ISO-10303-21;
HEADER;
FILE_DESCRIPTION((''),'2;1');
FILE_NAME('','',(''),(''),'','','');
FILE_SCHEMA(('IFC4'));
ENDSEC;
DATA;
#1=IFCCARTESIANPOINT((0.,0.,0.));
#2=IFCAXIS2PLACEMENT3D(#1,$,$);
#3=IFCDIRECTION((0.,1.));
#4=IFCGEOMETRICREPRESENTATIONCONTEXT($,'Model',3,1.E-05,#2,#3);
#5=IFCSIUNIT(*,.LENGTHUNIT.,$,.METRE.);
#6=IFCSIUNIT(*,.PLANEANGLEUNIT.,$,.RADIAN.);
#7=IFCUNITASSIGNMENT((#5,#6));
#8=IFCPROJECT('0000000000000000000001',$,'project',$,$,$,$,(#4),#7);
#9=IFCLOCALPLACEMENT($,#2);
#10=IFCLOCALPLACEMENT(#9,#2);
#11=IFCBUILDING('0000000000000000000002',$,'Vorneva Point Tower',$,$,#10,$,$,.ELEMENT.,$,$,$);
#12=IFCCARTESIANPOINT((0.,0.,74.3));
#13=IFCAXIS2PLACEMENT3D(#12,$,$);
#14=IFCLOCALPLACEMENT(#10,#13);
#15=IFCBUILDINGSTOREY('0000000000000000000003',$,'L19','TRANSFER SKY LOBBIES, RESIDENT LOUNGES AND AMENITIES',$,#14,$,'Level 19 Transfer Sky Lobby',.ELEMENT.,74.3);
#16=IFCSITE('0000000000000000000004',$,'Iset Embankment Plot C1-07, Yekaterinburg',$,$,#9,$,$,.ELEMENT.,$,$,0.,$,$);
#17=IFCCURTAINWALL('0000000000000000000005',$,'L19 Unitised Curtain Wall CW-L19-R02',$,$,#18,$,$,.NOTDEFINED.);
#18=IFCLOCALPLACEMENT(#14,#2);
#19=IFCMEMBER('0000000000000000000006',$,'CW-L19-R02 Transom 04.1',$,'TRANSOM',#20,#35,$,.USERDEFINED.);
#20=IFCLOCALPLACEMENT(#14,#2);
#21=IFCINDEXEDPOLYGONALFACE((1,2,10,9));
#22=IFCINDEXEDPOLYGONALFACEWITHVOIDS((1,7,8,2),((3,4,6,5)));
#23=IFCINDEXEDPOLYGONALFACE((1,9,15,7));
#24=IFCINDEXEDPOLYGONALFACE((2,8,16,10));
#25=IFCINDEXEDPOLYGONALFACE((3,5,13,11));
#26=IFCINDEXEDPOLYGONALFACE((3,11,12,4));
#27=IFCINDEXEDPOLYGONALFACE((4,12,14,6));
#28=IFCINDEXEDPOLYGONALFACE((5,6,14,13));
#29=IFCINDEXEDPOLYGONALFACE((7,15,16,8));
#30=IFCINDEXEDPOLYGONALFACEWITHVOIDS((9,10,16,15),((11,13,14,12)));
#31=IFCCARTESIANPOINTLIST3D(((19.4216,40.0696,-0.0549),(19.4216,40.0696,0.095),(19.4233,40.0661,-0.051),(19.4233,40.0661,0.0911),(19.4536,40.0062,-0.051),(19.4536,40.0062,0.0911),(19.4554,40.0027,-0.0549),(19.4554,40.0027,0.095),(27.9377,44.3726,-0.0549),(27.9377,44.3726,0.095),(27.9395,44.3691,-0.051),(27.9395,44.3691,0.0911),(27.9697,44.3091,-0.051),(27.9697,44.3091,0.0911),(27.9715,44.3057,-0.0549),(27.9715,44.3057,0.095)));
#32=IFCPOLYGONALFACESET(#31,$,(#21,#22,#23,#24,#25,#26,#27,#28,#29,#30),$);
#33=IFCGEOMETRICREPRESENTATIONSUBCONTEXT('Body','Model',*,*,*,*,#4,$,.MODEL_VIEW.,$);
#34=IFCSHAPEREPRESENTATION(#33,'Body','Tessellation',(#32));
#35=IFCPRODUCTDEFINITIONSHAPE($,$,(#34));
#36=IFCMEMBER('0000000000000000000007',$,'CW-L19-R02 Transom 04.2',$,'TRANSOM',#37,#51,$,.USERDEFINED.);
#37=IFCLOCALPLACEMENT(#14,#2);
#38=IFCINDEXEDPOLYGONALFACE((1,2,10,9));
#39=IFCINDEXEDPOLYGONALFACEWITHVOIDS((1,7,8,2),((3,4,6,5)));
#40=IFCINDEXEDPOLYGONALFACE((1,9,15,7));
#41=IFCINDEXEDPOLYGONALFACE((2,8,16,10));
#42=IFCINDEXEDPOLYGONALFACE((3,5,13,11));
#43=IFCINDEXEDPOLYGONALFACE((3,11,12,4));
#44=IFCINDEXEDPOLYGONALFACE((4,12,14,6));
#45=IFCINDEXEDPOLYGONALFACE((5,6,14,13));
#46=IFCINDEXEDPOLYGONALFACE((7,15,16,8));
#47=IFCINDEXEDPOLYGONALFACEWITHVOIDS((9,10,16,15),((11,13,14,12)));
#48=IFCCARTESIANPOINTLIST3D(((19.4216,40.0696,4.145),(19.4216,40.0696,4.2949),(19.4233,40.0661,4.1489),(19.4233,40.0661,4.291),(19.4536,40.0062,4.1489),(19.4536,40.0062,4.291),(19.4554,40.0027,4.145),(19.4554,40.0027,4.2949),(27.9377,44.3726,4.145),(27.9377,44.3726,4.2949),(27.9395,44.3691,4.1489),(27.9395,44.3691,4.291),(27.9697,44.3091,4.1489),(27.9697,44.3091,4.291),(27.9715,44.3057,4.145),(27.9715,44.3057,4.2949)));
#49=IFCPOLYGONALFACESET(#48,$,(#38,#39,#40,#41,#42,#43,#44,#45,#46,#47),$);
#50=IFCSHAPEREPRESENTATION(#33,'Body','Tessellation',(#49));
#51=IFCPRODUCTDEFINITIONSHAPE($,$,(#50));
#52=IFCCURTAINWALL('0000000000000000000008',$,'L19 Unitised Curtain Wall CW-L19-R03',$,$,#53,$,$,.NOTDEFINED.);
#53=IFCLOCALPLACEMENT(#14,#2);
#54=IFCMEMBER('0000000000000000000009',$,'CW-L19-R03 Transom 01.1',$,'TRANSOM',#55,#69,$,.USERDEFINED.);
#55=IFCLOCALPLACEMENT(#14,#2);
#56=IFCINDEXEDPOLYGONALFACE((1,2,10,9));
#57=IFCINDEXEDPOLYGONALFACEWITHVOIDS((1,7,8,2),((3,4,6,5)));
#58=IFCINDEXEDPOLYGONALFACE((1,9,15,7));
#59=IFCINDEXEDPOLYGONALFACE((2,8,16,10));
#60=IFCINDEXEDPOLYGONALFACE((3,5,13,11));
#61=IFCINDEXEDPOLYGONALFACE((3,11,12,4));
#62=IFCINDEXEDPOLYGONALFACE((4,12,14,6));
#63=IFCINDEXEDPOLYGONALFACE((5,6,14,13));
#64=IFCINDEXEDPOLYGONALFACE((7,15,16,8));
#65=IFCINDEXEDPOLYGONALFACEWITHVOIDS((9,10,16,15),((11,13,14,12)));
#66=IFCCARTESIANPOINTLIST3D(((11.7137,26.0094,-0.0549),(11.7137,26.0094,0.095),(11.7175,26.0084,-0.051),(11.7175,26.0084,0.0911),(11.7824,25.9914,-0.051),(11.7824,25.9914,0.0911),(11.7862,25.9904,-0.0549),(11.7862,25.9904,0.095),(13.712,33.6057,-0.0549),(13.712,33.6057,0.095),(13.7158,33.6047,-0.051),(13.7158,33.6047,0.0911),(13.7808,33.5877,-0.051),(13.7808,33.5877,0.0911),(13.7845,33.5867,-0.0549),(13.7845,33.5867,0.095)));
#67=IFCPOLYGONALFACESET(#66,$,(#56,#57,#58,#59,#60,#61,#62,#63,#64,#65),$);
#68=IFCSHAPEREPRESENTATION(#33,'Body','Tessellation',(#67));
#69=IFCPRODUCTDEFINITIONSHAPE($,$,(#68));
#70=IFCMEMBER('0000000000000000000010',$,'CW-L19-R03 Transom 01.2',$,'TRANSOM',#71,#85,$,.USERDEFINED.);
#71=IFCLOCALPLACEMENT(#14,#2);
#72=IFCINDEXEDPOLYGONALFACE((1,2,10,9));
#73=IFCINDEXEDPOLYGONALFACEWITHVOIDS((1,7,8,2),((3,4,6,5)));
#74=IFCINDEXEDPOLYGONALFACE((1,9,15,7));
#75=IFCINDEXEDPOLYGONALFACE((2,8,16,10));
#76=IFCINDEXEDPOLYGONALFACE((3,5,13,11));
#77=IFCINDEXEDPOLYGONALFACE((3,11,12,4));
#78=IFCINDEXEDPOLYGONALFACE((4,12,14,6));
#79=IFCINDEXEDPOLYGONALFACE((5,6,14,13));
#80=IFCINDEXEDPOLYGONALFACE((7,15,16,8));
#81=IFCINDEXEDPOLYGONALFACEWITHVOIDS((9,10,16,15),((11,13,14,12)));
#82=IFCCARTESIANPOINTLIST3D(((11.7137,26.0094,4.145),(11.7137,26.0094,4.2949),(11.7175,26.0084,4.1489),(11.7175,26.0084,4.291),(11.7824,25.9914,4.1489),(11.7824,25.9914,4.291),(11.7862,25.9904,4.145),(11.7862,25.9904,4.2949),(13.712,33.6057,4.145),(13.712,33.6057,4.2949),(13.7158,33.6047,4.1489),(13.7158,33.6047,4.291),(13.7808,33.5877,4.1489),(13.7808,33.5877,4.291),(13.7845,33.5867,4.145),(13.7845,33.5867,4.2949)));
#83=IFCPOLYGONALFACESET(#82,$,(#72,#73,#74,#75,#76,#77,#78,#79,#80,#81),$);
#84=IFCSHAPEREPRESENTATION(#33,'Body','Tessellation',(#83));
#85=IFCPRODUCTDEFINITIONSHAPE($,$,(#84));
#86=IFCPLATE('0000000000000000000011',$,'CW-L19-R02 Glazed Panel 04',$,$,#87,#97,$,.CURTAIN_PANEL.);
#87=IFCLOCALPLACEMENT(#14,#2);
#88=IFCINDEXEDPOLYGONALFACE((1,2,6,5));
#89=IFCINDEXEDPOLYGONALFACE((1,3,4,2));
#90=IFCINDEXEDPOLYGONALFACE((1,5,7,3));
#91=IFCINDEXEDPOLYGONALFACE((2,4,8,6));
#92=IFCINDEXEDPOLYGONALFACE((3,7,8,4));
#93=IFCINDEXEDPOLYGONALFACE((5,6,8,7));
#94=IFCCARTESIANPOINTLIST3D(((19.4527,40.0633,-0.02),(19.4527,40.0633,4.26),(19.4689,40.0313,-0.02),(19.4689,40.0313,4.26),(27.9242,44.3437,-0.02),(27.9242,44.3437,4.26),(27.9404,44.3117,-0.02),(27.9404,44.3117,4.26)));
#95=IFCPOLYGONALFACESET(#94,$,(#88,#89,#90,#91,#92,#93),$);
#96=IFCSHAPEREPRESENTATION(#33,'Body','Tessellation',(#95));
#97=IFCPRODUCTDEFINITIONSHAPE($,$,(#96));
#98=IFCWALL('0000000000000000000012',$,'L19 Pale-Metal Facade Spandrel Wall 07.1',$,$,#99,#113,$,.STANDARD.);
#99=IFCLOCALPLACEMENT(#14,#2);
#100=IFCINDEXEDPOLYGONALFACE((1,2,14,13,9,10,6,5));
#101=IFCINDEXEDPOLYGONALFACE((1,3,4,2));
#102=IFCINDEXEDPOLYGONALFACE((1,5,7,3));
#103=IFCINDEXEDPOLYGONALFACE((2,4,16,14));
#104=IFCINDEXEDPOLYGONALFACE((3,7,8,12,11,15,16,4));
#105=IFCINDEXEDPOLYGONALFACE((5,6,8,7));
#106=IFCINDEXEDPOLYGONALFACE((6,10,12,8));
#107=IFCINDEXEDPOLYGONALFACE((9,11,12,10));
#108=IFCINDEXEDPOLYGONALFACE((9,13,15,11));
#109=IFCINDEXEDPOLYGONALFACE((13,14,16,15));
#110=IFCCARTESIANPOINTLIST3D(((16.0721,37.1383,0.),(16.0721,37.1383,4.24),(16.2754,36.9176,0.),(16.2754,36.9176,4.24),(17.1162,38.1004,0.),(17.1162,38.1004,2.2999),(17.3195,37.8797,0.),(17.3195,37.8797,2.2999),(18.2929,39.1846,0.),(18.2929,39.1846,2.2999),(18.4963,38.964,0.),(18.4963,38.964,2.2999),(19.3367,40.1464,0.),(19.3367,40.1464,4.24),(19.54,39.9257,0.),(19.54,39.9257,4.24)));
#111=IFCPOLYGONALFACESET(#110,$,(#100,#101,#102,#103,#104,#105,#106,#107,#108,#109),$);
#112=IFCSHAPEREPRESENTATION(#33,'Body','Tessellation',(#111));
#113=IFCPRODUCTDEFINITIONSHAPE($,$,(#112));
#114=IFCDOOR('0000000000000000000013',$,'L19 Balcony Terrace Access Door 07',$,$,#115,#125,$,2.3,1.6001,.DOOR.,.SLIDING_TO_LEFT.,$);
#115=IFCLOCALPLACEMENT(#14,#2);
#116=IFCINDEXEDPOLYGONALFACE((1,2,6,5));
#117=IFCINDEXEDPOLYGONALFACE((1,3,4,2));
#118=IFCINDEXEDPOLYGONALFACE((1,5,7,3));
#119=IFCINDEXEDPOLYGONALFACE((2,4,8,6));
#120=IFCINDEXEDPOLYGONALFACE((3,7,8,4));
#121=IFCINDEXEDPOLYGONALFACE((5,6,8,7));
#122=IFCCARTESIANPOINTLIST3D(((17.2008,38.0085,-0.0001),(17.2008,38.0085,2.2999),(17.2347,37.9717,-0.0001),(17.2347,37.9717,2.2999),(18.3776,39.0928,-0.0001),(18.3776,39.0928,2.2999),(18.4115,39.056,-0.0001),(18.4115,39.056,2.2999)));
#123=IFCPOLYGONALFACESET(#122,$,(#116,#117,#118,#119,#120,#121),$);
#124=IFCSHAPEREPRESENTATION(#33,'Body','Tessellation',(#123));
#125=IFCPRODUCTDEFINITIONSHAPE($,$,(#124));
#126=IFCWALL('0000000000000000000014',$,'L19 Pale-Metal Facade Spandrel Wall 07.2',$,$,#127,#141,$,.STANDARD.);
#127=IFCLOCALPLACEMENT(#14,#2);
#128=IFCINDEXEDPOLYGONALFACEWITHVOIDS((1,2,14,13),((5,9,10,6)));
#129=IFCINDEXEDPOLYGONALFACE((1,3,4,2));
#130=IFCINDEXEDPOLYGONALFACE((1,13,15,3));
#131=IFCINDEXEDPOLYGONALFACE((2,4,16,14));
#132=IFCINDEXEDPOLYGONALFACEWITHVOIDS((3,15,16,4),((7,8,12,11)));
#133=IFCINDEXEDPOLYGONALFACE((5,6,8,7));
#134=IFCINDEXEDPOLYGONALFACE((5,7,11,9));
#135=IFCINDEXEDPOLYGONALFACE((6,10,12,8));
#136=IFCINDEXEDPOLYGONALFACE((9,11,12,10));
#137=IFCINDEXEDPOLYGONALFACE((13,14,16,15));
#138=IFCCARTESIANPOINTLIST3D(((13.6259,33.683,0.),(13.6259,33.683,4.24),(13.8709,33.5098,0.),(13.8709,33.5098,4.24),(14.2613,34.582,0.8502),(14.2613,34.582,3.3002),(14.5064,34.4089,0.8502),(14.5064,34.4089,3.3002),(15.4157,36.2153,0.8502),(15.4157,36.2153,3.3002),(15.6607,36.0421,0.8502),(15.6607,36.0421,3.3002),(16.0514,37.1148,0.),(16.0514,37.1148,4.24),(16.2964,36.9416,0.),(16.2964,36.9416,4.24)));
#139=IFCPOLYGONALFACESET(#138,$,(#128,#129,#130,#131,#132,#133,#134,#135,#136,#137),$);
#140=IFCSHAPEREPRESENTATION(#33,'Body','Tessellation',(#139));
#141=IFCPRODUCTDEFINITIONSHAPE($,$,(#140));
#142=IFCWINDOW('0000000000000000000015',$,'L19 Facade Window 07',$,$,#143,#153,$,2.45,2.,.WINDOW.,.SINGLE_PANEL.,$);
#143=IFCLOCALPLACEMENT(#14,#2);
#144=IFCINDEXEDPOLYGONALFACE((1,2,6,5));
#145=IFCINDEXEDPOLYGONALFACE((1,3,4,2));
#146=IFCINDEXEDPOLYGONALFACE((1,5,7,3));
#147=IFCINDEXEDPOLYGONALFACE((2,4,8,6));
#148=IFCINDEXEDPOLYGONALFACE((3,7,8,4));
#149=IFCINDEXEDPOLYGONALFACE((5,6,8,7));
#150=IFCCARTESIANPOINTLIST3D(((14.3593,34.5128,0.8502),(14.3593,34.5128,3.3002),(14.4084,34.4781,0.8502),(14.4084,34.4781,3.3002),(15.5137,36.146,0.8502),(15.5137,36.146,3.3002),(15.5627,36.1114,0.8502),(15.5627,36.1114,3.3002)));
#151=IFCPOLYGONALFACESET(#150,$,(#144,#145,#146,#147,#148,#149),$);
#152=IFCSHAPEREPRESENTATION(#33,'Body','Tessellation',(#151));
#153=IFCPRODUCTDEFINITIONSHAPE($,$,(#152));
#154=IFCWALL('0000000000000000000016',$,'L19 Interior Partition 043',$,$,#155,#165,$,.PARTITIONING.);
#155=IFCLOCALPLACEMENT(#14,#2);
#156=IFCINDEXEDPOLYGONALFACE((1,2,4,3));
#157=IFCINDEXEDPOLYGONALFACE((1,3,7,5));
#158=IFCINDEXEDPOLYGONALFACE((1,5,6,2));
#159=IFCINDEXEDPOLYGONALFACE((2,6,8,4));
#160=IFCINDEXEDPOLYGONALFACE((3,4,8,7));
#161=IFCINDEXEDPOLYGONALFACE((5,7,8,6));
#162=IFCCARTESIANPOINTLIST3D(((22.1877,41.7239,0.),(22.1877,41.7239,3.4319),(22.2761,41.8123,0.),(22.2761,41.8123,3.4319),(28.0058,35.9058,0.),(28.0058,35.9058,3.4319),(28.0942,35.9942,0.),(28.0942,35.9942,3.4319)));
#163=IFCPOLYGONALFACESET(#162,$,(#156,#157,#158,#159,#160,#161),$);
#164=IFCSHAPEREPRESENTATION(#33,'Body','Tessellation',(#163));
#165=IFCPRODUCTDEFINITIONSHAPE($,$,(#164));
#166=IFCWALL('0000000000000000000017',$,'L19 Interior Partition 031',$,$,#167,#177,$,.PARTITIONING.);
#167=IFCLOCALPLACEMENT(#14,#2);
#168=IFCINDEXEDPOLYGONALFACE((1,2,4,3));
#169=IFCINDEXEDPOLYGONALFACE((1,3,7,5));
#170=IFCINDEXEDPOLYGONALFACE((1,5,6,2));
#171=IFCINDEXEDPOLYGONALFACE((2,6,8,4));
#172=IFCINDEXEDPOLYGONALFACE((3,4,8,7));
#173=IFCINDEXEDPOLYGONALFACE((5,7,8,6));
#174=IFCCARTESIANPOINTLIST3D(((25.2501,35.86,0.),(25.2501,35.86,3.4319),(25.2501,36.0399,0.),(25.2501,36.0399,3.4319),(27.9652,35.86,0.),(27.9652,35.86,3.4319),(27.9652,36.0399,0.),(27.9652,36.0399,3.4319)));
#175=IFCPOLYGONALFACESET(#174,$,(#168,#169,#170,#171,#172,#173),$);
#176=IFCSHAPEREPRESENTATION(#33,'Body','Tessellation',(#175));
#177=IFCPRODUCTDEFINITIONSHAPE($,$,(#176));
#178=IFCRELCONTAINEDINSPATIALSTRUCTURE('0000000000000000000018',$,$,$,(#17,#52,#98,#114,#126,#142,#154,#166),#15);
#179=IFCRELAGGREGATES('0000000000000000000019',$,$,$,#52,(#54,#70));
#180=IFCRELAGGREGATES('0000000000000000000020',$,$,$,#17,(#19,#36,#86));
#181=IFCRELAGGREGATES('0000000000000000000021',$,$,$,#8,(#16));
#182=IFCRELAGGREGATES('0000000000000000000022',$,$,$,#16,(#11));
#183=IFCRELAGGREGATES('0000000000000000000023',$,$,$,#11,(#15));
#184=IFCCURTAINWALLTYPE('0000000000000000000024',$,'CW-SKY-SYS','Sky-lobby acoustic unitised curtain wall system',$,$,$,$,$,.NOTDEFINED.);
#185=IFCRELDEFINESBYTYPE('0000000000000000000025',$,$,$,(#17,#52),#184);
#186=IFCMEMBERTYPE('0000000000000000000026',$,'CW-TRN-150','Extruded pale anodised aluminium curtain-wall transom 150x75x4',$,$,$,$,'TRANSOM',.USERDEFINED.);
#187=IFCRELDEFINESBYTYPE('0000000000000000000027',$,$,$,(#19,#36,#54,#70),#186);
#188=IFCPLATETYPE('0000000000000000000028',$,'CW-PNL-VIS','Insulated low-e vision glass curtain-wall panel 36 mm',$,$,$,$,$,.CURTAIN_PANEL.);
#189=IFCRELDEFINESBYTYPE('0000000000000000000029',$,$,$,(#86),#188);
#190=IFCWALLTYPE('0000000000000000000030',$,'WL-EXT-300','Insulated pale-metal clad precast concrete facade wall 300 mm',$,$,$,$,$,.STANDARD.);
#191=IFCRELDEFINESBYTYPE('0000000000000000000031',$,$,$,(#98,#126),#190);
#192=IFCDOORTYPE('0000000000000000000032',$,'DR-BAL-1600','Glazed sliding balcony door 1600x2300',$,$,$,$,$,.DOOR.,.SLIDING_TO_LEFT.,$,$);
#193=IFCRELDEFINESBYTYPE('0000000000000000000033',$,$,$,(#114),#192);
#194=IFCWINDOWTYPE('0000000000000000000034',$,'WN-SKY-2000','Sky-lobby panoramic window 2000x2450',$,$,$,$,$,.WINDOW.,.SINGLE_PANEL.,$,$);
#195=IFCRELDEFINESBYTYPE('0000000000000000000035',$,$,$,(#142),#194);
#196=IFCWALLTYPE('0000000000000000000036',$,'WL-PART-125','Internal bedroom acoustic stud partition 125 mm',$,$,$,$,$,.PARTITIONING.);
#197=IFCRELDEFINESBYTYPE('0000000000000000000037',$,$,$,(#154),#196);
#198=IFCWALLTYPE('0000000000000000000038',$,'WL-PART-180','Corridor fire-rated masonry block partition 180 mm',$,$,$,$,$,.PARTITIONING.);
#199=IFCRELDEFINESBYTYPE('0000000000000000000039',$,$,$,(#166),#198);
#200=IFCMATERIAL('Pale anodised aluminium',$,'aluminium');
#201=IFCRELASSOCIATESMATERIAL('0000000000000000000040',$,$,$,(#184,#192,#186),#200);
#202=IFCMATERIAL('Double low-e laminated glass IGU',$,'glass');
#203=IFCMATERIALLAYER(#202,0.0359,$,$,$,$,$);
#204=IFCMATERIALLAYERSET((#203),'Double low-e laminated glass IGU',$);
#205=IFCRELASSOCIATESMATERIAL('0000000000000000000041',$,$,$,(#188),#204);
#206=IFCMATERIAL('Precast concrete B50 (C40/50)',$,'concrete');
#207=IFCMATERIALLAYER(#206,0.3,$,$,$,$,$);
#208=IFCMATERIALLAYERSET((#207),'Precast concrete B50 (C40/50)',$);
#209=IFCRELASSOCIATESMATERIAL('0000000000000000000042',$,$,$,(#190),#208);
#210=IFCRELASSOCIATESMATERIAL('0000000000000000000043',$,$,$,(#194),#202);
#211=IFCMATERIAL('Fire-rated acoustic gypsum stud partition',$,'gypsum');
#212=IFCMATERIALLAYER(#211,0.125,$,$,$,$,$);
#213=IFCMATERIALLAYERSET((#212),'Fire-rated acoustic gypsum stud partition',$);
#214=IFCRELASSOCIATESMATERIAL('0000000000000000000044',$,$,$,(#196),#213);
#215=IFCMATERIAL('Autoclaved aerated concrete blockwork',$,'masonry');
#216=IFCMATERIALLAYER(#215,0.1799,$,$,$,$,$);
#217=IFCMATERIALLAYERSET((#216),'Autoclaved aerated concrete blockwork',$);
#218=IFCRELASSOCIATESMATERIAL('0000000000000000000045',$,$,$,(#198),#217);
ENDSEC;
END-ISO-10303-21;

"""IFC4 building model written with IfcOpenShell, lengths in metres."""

from ifc_helpers import new_model, si_unit, direction, frame, frame_2d, origin, origin_2d, place, context, subcontext, project, spatial, rectangle, hollow_rectangle, extrude, material, layer, layer_set, material_profile, profile_set, type_object, element, fill, aggregate, save


model = new_model("IFC4")

# Units and contexts
model_context = context("Model", 3, precision=1e-05, world=origin(), true_north=direction((0.0, 1.0)))
body_context = subcontext(model_context, "Body", "Model", "MODEL_VIEW")
ifc_project = project(units=[si_unit("LENGTHUNIT", "METRE"), si_unit("PLANEANGLEUNIT", "RADIAN")], contexts=[model_context])

# Site, building, storey
site_placement = place(None, origin())
site = spatial("IfcSite", under=ifc_project, at=site_placement, Name="Iset Embankment Plot C1-07, Yekaterinburg", CompositionType="ELEMENT", RefElevation=0.0)
building_placement = place(site_placement, origin())
building = spatial("IfcBuilding", under=site, at=building_placement, Name="Vorneva Point Tower", CompositionType="ELEMENT")
storey_placement = place(building_placement, frame((0.0, 0.0, 74.3)))
storey = spatial("IfcBuildingStorey", under=building, at=storey_placement, Name="L19", Description="TRANSFER SKY LOBBIES, RESIDENT LOUNGES AND AMENITIES", LongName="Level 19 Transfer Sky Lobby", CompositionType="ELEMENT", Elevation=74.3)

# Curtain walls, members
ifc_material_1 = material(Name="Pale anodised aluminium", Category="aluminium")
curtain_wall_type = type_object("IfcCurtainWallType", Name="CW-SKY-SYS", Description="Sky-lobby acoustic unitised curtain wall system", PredefinedType="NOTDEFINED", material=ifc_material_1)
curtain_wall_1_placement = place(storey_placement, origin())
curtain_wall_1 = element("IfcCurtainWall", 1, at=curtain_wall_1_placement, inside=storey, type_object=curtain_wall_type, Name="L19 Unitised Curtain Wall CW-L19-R02", PredefinedType="NOTDEFINED")
ifc_material_profile_1 = material_profile(ifc_material_1, hollow_rectangle(XDim=0.075, YDim=0.1499, WallThickness=0.0039, at=origin_2d()), Name="AL-TRN 150x75x4")
ifc_profile_set_1 = profile_set([ifc_material_profile_1], Name="Pale anodised aluminium")
member_type_1 = type_object("IfcMemberType", Name="CW-TRN-150", Description="Extruded pale anodised aluminium curtain-wall transom 150x75x4", ElementType="TRANSOM", PredefinedType="USERDEFINED", material=ifc_profile_set_1)
member_1_placement = place(storey_placement, frame((27.9546, 44.3391, 0.02), z_axis=(-0.892536, -0.450976, 0.0), x_axis=(0.450976, -0.892536, 0.0)))
member_1 = element("IfcMember", 2, at=member_1_placement, type_object=member_type_1, Name="CW-L19-R02 Transom 04.1", ObjectType="TRANSOM", PredefinedType="USERDEFINED", context=body_context, shape_type="SweptSolid", body=[
    extrude(hollow_rectangle(XDim=0.075, YDim=0.1499, WallThickness=0.0039, at=origin_2d()), origin(), (0.0, 0.0, 1.0), 9.5415),
])
member_2_placement = place(storey_placement, frame((27.9546, 44.3391, 4.22), z_axis=(-0.892536, -0.450976, 0.0), x_axis=(0.450976, -0.892536, 0.0)))
member_2 = element("IfcMember", 3, at=member_2_placement, type_object=member_type_1, Name="CW-L19-R02 Transom 04.2", ObjectType="TRANSOM", PredefinedType="USERDEFINED", context=body_context, shape_type="SweptSolid", body=[
    extrude(hollow_rectangle(XDim=0.075, YDim=0.1499, WallThickness=0.0039, at=origin_2d()), origin(), (0.0, 0.0, 1.0), 9.5415),
])
curtain_wall_2_placement = place(storey_placement, origin())
curtain_wall_2 = element("IfcCurtainWall", 4, at=curtain_wall_2_placement, inside=storey, type_object=curtain_wall_type, Name="L19 Unitised Curtain Wall CW-L19-R03", PredefinedType="NOTDEFINED")
member_3_placement = place(storey_placement, frame((13.7483, 33.5962, 0.02), z_axis=(-0.254409, -0.967097, 0.0), x_axis=(0.967097, -0.254409, 0.0)))
member_3 = element("IfcMember", 5, at=member_3_placement, type_object=member_type_1, Name="CW-L19-R03 Transom 01.1", ObjectType="TRANSOM", PredefinedType="USERDEFINED", context=body_context, shape_type="SweptSolid", body=[
    extrude(hollow_rectangle(XDim=0.075, YDim=0.1499, WallThickness=0.0039, at=origin_2d()), origin(), (0.0, 0.0, 1.0), 7.8547),
])
member_4_placement = place(storey_placement, frame((13.7483, 33.5962, 4.22), z_axis=(-0.254409, -0.967097, 0.0), x_axis=(0.967097, -0.254409, 0.0)))
member_4 = element("IfcMember", 6, at=member_4_placement, type_object=member_type_1, Name="CW-L19-R03 Transom 01.2", ObjectType="TRANSOM", PredefinedType="USERDEFINED", context=body_context, shape_type="SweptSolid", body=[
    extrude(hollow_rectangle(XDim=0.075, YDim=0.1499, WallThickness=0.0039, at=origin_2d()), origin(), (0.0, 0.0, 1.0), 7.8547),
])
aggregate(curtain_wall_2, [member_3, member_4])

# Plate
ifc_material_2 = material(Name="Double low-e laminated glass IGU", Category="glass")
ifc_layer_1 = layer(ifc_material_2, 0.0359)
ifc_layer_set_1 = layer_set([ifc_layer_1], Name="Double low-e laminated glass IGU")
plate_type = type_object("IfcPlateType", Name="CW-PNL-VIS", Description="Insulated low-e vision glass curtain-wall panel 36 mm", PredefinedType="CURTAIN_PANEL", material=ifc_layer_set_1)
plate_placement = place(storey_placement, frame((23.6965, 42.1875, -0.02), z_axis=(0.0, 0.0, 1.0), x_axis=(-0.892539, -0.450971, 0.0)))
plate = element("IfcPlate", 7, at=plate_placement, type_object=plate_type, Name="CW-L19-R02 Glazed Panel 04", PredefinedType="CURTAIN_PANEL", context=body_context, shape_type="SweptSolid", body=[
    extrude(rectangle(XDim=9.4915, YDim=0.0359, at=origin_2d()), origin(), (0.0, 0.0, 1.0), 4.28),
])
aggregate(curtain_wall_1, [member_1, member_2, plate])

# Wall, opening, door
ifc_material_3 = material(Name="Precast concrete B50 (C40/50)", Category="concrete")
ifc_layer_2 = layer(ifc_material_3, 0.3)
ifc_layer_set_2 = layer_set([ifc_layer_2], Name="Precast concrete B50 (C40/50)")
wall_type_1 = type_object("IfcWallType", Name="WL-EXT-300", Description="Insulated pale-metal clad precast concrete facade wall 300 mm", PredefinedType="STANDARD", material=ifc_layer_set_2)
wall_1_placement = place(storey_placement, frame((19.4385, 40.0361, 0.0), z_axis=(0.0, 0.0, 1.0), x_axis=(-0.735417, -0.677615, 0.0)))
wall_1 = element("IfcWall", 8, at=wall_1_placement, inside=storey, type_object=wall_type_1, Name="L19 Pale-Metal Facade Spandrel Wall 07.1", PredefinedType="STANDARD", context=body_context, shape_type="SweptSolid", body=[
    extrude(rectangle(XDim=4.4392, YDim=0.3, at=frame_2d((2.2197, 0.0))), origin(), (0.0, 0.0, 1.0), 4.24),
])
opening_1_placement = place(wall_1_placement, frame((1.4194, 0.0, 0.0)))
opening_1 = element("IfcOpeningElement", 9, at=opening_1_placement, cuts=wall_1, PredefinedType="OPENING", context=body_context, shape_type="SweptSolid", body=[
    extrude(rectangle(XDim=1.6001, YDim=2.3, at=frame_2d((0.8, 1.1499))), frame((0.0, 0.165, 0.0), z_axis=(0.0, -1.0, 0.0), x_axis=(1.0, 0.0, 0.0)), (0.0, 0.0, 1.0), 0.3298),
])
door_type_1 = type_object("IfcDoorType", Name="DR-BAL-1600", Description="Glazed sliding balcony door 1600x2300", OperationType="SLIDING_TO_LEFT", PredefinedType="DOOR", material=ifc_material_1)
door_1_placement = place(opening_1_placement, origin())
door_1 = element("IfcDoor", 10, at=door_1_placement, inside=storey, type_object=door_type_1, Name="L19 Balcony Terrace Access Door 07", OperationType="SLIDING_TO_LEFT", OverallHeight=2.3, OverallWidth=1.6001, PredefinedType="DOOR", context=body_context, shape_type="SweptSolid", body=[
    extrude(rectangle(XDim=1.6001, YDim=2.3, at=frame_2d((0.8, 1.1499))), frame((0.0, 0.0249, 0.0), z_axis=(0.0, -1.0, 0.0), x_axis=(1.0, 0.0, 0.0)), (0.0, 0.0, 1.0), 0.05),
])
fill(opening_1, door_1)

# Wall, opening, window
wall_2_placement = place(storey_placement, frame((16.1738, 37.0281, 0.0), z_axis=(0.0, 0.0, 1.0), x_axis=(-0.577164, -0.816628, 0.0)))
wall_2 = element("IfcWall", 11, at=wall_2_placement, inside=storey, type_object=wall_type_1, Name="L19 Pale-Metal Facade Spandrel Wall 07.2", PredefinedType="STANDARD", context=body_context, shape_type="SweptSolid", body=[
    extrude(rectangle(XDim=4.2024, YDim=0.3, at=frame_2d((2.1011, 0.0))), origin(), (0.0, 0.0, 1.0), 4.24),
])
opening_2_placement = place(wall_2_placement, frame((1.1013, 0.0, 0.8501)))
opening_2 = element("IfcOpeningElement", 12, at=opening_2_placement, cuts=wall_2, PredefinedType="OPENING", context=body_context, shape_type="SweptSolid", body=[
    extrude(rectangle(XDim=2.0, YDim=2.45, at=frame_2d((1.0, 1.2251))), frame((0.0, 0.165, 0.0), z_axis=(0.0, -1.0, 0.0), x_axis=(1.0, 0.0, 0.0)), (0.0, 0.0, 1.0), 0.3298),
])
window_type = type_object("IfcWindowType", Name="WN-SKY-2000", Description="Sky-lobby panoramic window 2000x2450", PartitioningType="SINGLE_PANEL", PredefinedType="WINDOW", material=ifc_material_2)
window_placement = place(opening_2_placement, origin())
window = element("IfcWindow", 13, at=window_placement, inside=storey, type_object=window_type, Name="L19 Facade Window 07", OverallHeight=2.45, OverallWidth=2.0, PartitioningType="SINGLE_PANEL", PredefinedType="WINDOW", context=body_context, shape_type="SweptSolid", body=[
    extrude(rectangle(XDim=2.0, YDim=2.45, at=frame_2d((1.0, 1.2251))), frame((0.0, 0.03, 0.0), z_axis=(0.0, -1.0, 0.0), x_axis=(1.0, 0.0, 0.0)), (0.0, 0.0, 1.0), 0.0601),
])
fill(opening_2, window)

# Walls
ifc_material_4 = material(Name="Fire-rated acoustic gypsum stud partition", Category="gypsum")
ifc_layer_3 = layer(ifc_material_4, 0.125)
ifc_layer_set_3 = layer_set([ifc_layer_3], Name="Fire-rated acoustic gypsum stud partition")
wall_type_2 = type_object("IfcWallType", Name="WL-PART-125", Description="Internal bedroom acoustic stud partition 125 mm", PredefinedType="PARTITIONING", material=ifc_layer_set_3)
wall_3_placement = place(storey_placement, frame((22.2319, 41.7681, 0.0), z_axis=(0.0, 0.0, 1.0), x_axis=(0.707107, -0.707107, 0.0)))
element("IfcWall", 14, at=wall_3_placement, inside=storey, type_object=wall_type_2, Name="L19 Interior Partition 043", PredefinedType="PARTITIONING", context=body_context, shape_type="SweptSolid", body=[
    extrude(rectangle(XDim=8.228, YDim=0.125, at=frame_2d((4.114, 0.0))), origin(), (0.0, 0.0, 1.0), 3.4319),
])
ifc_material_5 = material(Name="Autoclaved aerated concrete blockwork", Category="masonry")
ifc_layer_4 = layer(ifc_material_5, 0.1799)
ifc_layer_set_4 = layer_set([ifc_layer_4], Name="Autoclaved aerated concrete blockwork")
wall_type_3 = type_object("IfcWallType", Name="WL-PART-180", Description="Corridor fire-rated masonry block partition 180 mm", PredefinedType="PARTITIONING", material=ifc_layer_set_4)
wall_4_placement = place(storey_placement, frame((27.9651, 35.95, 0.0), z_axis=(0.0, 0.0, 1.0), x_axis=(-1.0, 0.0, 0.0)))
element("IfcWall", 15, at=wall_4_placement, inside=storey, type_object=wall_type_3, Name="L19 Interior Partition 031", PredefinedType="PARTITIONING", context=body_context, shape_type="SweptSolid", body=[
    extrude(rectangle(XDim=2.7151, YDim=0.1799, at=frame_2d((1.3574, 0.0))), origin(), (0.0, 0.0, 1.0), 3.4319),
])

save(model, "model.ifc")
